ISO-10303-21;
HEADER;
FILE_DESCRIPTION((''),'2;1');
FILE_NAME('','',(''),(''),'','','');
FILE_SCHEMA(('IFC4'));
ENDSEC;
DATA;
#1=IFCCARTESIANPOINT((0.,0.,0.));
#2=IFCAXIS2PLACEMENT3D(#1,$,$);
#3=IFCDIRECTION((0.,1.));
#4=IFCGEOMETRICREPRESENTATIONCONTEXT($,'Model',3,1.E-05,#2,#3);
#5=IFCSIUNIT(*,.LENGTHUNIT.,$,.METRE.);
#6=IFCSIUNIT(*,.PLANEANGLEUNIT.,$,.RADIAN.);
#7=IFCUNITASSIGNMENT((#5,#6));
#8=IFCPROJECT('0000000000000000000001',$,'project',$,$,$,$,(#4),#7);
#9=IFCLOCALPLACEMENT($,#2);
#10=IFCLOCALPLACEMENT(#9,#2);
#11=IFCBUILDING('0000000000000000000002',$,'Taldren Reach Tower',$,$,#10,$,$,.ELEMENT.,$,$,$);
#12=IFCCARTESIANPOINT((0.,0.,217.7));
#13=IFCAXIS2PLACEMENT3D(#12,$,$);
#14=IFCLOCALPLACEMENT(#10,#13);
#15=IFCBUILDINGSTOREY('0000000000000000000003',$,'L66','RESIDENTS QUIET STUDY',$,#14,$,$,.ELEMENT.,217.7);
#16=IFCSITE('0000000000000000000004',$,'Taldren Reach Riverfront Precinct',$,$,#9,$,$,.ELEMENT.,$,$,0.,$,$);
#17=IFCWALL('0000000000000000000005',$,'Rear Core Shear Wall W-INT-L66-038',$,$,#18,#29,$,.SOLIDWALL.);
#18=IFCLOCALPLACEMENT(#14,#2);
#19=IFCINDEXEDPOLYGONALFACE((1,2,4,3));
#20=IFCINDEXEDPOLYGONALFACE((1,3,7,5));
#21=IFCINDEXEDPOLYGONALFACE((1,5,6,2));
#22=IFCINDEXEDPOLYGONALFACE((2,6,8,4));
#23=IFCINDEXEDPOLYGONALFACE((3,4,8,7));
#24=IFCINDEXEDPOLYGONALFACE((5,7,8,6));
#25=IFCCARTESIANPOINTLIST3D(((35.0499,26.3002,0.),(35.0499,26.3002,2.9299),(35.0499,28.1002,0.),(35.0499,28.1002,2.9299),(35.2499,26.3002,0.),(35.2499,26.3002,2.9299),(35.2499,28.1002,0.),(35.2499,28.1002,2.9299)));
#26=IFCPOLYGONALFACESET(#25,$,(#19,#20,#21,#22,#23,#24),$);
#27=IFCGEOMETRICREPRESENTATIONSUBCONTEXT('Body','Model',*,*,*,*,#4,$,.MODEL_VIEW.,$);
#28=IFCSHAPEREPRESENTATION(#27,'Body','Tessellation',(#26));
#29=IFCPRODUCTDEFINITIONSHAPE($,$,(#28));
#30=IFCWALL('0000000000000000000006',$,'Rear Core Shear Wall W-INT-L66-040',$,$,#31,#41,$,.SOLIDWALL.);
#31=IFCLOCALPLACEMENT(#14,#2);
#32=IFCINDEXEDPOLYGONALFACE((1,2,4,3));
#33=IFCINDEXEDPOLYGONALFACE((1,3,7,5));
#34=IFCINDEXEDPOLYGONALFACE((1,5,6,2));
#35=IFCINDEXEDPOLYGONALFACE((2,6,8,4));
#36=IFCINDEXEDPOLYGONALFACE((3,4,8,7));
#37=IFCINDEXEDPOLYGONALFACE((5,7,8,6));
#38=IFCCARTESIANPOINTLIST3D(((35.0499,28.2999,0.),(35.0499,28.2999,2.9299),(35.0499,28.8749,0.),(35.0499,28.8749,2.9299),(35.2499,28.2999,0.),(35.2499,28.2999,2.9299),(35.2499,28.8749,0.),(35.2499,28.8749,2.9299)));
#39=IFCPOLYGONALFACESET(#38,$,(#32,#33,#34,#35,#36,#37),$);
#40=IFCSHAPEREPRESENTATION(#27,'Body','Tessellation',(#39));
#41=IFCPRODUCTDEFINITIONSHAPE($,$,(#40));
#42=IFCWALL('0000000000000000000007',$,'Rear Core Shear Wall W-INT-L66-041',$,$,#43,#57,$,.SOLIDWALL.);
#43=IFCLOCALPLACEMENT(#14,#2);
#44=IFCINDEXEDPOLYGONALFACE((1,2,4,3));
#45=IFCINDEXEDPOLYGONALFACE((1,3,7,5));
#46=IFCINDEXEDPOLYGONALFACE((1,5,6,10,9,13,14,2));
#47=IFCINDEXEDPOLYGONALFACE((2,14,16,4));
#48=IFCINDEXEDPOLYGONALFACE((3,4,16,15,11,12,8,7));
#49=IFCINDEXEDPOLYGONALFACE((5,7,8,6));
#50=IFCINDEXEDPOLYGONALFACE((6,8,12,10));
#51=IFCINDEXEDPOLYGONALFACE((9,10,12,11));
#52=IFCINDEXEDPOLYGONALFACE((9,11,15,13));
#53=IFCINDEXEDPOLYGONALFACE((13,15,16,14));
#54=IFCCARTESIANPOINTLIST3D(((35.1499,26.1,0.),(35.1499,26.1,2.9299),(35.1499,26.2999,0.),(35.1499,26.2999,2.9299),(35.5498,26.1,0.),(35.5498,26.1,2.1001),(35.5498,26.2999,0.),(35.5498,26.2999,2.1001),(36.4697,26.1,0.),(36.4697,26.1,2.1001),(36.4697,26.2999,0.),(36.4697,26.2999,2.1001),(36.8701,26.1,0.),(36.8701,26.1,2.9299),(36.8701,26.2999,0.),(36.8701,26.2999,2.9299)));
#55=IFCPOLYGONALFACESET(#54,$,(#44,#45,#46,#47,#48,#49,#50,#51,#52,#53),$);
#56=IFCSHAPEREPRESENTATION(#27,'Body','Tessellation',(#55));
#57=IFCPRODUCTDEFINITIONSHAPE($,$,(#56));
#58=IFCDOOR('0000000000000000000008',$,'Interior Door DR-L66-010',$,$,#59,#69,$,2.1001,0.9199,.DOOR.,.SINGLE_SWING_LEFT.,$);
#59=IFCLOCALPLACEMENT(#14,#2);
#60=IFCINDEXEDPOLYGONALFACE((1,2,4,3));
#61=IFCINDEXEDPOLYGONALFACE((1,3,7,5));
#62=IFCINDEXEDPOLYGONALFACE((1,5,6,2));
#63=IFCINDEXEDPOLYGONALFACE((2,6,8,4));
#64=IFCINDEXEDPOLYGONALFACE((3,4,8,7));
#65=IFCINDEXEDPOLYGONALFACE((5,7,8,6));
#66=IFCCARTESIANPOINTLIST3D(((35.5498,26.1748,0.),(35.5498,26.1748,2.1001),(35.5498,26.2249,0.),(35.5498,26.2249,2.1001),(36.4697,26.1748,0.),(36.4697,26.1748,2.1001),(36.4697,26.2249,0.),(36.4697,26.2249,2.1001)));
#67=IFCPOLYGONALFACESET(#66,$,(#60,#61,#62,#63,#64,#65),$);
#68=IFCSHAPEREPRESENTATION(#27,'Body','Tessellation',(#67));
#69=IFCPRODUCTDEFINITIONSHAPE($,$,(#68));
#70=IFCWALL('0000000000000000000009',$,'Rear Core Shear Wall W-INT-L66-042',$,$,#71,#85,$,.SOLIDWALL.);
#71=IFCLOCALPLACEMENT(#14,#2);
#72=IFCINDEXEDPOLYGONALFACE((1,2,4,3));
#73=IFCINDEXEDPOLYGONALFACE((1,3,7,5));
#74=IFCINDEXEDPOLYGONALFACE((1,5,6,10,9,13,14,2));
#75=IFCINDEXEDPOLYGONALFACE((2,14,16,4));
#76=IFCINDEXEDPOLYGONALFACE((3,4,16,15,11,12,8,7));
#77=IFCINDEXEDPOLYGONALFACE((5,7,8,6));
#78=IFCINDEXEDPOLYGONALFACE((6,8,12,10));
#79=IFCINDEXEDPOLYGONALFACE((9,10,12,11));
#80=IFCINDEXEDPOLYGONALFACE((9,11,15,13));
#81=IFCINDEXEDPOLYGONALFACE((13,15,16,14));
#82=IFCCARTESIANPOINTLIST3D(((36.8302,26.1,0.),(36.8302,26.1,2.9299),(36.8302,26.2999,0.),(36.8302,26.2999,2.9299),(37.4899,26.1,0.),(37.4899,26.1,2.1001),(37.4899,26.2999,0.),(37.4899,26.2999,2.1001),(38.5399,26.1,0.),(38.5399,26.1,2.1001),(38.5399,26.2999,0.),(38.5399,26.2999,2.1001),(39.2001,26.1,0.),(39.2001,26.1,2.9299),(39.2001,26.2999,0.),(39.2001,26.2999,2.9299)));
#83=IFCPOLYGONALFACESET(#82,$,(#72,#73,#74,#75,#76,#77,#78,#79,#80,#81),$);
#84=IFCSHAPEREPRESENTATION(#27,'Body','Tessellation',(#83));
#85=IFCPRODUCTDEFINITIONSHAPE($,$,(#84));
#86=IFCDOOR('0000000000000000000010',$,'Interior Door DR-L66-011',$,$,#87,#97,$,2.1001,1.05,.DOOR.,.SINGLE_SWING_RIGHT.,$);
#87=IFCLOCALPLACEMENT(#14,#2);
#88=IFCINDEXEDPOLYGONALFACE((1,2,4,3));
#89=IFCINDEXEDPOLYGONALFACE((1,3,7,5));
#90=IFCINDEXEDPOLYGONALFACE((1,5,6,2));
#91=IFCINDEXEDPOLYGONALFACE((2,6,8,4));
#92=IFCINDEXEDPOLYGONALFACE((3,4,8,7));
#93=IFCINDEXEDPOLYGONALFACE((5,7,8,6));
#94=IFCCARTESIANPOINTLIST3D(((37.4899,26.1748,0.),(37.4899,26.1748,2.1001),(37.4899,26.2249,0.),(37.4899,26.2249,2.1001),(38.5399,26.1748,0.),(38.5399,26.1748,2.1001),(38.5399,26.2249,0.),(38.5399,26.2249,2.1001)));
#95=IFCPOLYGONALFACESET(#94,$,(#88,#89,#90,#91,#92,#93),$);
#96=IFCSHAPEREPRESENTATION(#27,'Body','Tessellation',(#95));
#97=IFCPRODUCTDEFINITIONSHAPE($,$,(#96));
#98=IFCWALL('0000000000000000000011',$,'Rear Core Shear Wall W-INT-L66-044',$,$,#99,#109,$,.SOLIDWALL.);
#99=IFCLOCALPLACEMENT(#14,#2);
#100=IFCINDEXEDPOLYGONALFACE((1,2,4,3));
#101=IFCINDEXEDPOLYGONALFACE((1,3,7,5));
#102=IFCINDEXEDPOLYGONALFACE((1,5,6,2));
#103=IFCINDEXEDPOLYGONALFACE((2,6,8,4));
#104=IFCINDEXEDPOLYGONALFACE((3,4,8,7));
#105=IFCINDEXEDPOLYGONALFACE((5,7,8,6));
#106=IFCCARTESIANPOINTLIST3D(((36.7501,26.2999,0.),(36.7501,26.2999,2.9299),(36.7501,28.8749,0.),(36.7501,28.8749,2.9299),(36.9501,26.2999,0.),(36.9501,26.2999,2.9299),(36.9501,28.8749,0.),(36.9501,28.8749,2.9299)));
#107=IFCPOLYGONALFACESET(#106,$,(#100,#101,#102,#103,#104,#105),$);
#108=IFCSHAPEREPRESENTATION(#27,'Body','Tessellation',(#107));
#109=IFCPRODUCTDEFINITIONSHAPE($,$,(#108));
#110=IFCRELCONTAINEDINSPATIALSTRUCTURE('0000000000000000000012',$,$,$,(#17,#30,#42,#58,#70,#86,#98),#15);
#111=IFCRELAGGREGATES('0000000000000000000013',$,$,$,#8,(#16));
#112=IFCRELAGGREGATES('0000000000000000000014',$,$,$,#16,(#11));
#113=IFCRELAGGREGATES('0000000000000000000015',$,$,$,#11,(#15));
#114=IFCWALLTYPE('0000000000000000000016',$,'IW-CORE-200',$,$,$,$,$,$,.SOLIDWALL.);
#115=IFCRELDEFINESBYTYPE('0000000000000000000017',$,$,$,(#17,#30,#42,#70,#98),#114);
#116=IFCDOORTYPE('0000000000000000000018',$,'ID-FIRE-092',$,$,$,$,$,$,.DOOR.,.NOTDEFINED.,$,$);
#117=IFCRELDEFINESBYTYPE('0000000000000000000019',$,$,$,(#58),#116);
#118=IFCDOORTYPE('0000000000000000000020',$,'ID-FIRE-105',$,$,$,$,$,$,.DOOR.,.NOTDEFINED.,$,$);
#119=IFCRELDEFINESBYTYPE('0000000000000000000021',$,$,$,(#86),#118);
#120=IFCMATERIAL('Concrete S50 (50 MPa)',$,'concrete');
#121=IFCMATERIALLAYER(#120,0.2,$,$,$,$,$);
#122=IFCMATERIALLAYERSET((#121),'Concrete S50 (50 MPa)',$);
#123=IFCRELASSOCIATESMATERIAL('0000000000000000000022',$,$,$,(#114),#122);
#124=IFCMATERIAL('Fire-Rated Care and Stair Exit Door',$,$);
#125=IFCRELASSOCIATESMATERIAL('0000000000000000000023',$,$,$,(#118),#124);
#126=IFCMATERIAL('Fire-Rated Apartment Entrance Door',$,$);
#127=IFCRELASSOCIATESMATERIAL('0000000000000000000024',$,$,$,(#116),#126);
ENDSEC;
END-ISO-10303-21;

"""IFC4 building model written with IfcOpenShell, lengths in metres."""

from ifc_helpers import new_model, si_unit, direction, frame, frame_2d, origin, place, context, subcontext, project, spatial, rectangle, extrude, source, transform, mapped, material, layer, layer_set, type_object, element, fill, save


model = new_model("IFC4")

# Units and contexts
model_context = context("Model", 3, precision=1e-05, world=origin(), true_north=direction((0.0, 1.0)))
body_context = subcontext(model_context, "Body", "Model", "MODEL_VIEW")
ifc_project = project(units=[si_unit("LENGTHUNIT", "METRE"), si_unit("PLANEANGLEUNIT", "RADIAN")], contexts=[model_context])

# Site, building, storey
site_placement = place(None, origin())
site = spatial("IfcSite", under=ifc_project, at=site_placement, Name="Taldren Reach Riverfront Precinct", CompositionType="ELEMENT", RefElevation=0.0)
building_placement = place(site_placement, origin())
building = spatial("IfcBuilding", under=site, at=building_placement, Name="Taldren Reach Tower", CompositionType="ELEMENT")
storey_placement = place(building_placement, frame((0.0, 0.0, 217.7)))
storey = spatial("IfcBuildingStorey", under=building, at=storey_placement, Name="L66", Description="RESIDENTS QUIET STUDY", CompositionType="ELEMENT", Elevation=217.7)

# Shared definitions
ifc_material_1 = material(Name="Concrete S50 (50 MPa)", Category="concrete")
ifc_layer_1 = layer(ifc_material_1, 0.2)
ifc_layer_set_1 = layer_set([ifc_layer_1], Name="Concrete S50 (50 MPa)")
wall_type_1 = type_object("IfcWallType", Name="IW-CORE-200", PredefinedType="SOLIDWALL", material=ifc_layer_set_1)

# Shared definitions
shared_shape_1 = source(origin(), body_context, "Body", "SweptSolid", [
    extrude(rectangle(XDim=1.05, YDim=2.1001, at=frame_2d((0.5249, 1.05))), frame((0.0, 0.1099, 0.0), z_axis=(0.0, -1.0, 0.0), x_axis=(1.0, 0.0, 0.0)), (0.0, 0.0, 1.0), 0.22),
])
ifc_material_2 = material(Name="Fire-Rated Care and Stair Exit Door")
door_type_1 = type_object("IfcDoorType", Name="ID-FIRE-105", OperationType="NOTDEFINED", PredefinedType="DOOR", material=ifc_material_2)
shared_shape_2 = source(origin(), body_context, "Body", "SweptSolid", [
    extrude(rectangle(XDim=1.05, YDim=2.1001, at=frame_2d((0.5249, 1.05))), frame((0.0, 0.0249, 0.0), z_axis=(0.0, -1.0, 0.0), x_axis=(1.0, 0.0, 0.0)), (0.0, 0.0, 1.0), 0.05),
])

# Walls
shared_shape_3 = source(origin(), body_context, "Body", "SweptSolid", [
    extrude(rectangle(XDim=1.8, YDim=0.2, at=frame_2d((0.8999, 0.0))), origin(), (0.0, 0.0, 1.0), 2.9299),
])
wall_1_placement = place(storey_placement, frame((35.1499, 28.1001, 0.0), z_axis=(0.0, 0.0, 1.0), x_axis=(0.0, -1.0, 0.0)))
element("IfcWall", 1, at=wall_1_placement, inside=storey, type_object=wall_type_1, Name="Rear Core Shear Wall W-INT-L66-038", PredefinedType="SOLIDWALL", context=body_context, shape_type="MappedRepresentation", body=[
    mapped(shared_shape_3, transform((0.0, 0.0, 0.0), scale=1.0)),
])
shared_shape_4 = source(origin(), body_context, "Body", "SweptSolid", [
    extrude(rectangle(XDim=0.575, YDim=0.2, at=frame_2d((0.2876, 0.0))), origin(), (0.0, 0.0, 1.0), 2.9299),
])
wall_2_placement = place(storey_placement, frame((35.1499, 28.875, 0.0), z_axis=(0.0, 0.0, 1.0), x_axis=(0.0, -1.0, 0.0)))
element("IfcWall", 2, at=wall_2_placement, inside=storey, type_object=wall_type_1, Name="Rear Core Shear Wall W-INT-L66-040", PredefinedType="SOLIDWALL", context=body_context, shape_type="MappedRepresentation", body=[
    mapped(shared_shape_4, transform((0.0, 0.0, 0.0), scale=1.0)),
])

# Walls, openings, doors
shared_shape_5 = source(origin(), body_context, "Body", "SweptSolid", [
    extrude(rectangle(XDim=1.7202, YDim=0.2, at=frame_2d((0.8601, 0.0))), origin(), (0.0, 0.0, 1.0), 2.9299),
])
wall_3_placement = place(storey_placement, frame((35.1499, 26.2, 0.0), z_axis=(0.0, 0.0, 1.0), x_axis=(1.0, 0.0, 0.0)))
wall_3 = element("IfcWall", 3, at=wall_3_placement, inside=storey, type_object=wall_type_1, Name="Rear Core Shear Wall W-INT-L66-041", PredefinedType="SOLIDWALL", context=body_context, shape_type="MappedRepresentation", body=[
    mapped(shared_shape_5, transform((0.0, 0.0, 0.0), scale=1.0)),
])
shared_shape_6 = source(origin(), body_context, "Body", "SweptSolid", [
    extrude(rectangle(XDim=0.9199, YDim=2.1001, at=frame_2d((0.46, 1.05))), frame((0.0, 0.1099, 0.0), z_axis=(0.0, -1.0, 0.0), x_axis=(1.0, 0.0, 0.0)), (0.0, 0.0, 1.0), 0.22),
])
opening_1_placement = place(wall_3_placement, frame((0.3999, 0.0, 0.0)))
opening_1 = element("IfcOpeningElement", 4, at=opening_1_placement, cuts=wall_3, PredefinedType="OPENING", context=body_context, shape_type="MappedRepresentation", body=[
    mapped(shared_shape_6, transform((0.0, 0.0, 0.0), scale=1.0)),
])
ifc_material_3 = material(Name="Fire-Rated Apartment Entrance Door")
door_type_2 = type_object("IfcDoorType", Name="ID-FIRE-092", OperationType="NOTDEFINED", PredefinedType="DOOR", material=ifc_material_3)
shared_shape_7 = source(origin(), body_context, "Body", "SweptSolid", [
    extrude(rectangle(XDim=0.9199, YDim=2.1001, at=frame_2d((0.46, 1.05))), frame((0.0, 0.0249, 0.0), z_axis=(0.0, -1.0, 0.0), x_axis=(1.0, 0.0, 0.0)), (0.0, 0.0, 1.0), 0.05),
])
door_1_placement = place(opening_1_placement, origin())
door_1 = element("IfcDoor", 5, at=door_1_placement, inside=storey, type_object=door_type_2, Name="Interior Door DR-L66-010", OperationType="SINGLE_SWING_LEFT", OverallHeight=2.1001, OverallWidth=0.9199, PredefinedType="DOOR", context=body_context, shape_type="MappedRepresentation", body=[
    mapped(shared_shape_7, transform((0.0, 0.0, 0.0), scale=1.0)),
])
fill(opening_1, door_1)
shared_shape_8 = source(origin(), body_context, "Body", "SweptSolid", [
    extrude(rectangle(XDim=2.3699, YDim=0.2, at=frame_2d((1.1851, 0.0))), origin(), (0.0, 0.0, 1.0), 2.9299),
])
wall_4_placement = place(storey_placement, frame((36.8301, 26.2, 0.0), z_axis=(0.0, 0.0, 1.0), x_axis=(1.0, 0.0, 0.0)))
wall_4 = element("IfcWall", 6, at=wall_4_placement, inside=storey, type_object=wall_type_1, Name="Rear Core Shear Wall W-INT-L66-042", PredefinedType="SOLIDWALL", context=body_context, shape_type="MappedRepresentation", body=[
    mapped(shared_shape_8, transform((0.0, 0.0, 0.0), scale=1.0)),
])
opening_2_placement = place(wall_4_placement, frame((0.6599, 0.0, 0.0)))
opening_2 = element("IfcOpeningElement", 7, at=opening_2_placement, cuts=wall_4, PredefinedType="OPENING", context=body_context, shape_type="MappedRepresentation", body=[
    mapped(shared_shape_1, transform((0.0, 0.0, 0.0), scale=1.0)),
])
door_2_placement = place(opening_2_placement, origin())
door_2 = element("IfcDoor", 8, at=door_2_placement, inside=storey, type_object=door_type_1, Name="Interior Door DR-L66-011", OperationType="SINGLE_SWING_RIGHT", OverallHeight=2.1001, OverallWidth=1.05, PredefinedType="DOOR", context=body_context, shape_type="MappedRepresentation", body=[
    mapped(shared_shape_2, transform((0.0, 0.0, 0.0), scale=1.0)),
])
fill(opening_2, door_2)

# Wall
shared_shape_9 = source(origin(), body_context, "Body", "SweptSolid", [
    extrude(rectangle(XDim=2.575, YDim=0.2, at=frame_2d((1.2876, 0.0))), origin(), (0.0, 0.0, 1.0), 2.9299),
])
wall_5_placement = place(storey_placement, frame((36.8501, 28.875, 0.0), z_axis=(0.0, 0.0, 1.0), x_axis=(0.0, -1.0, 0.0)))
element("IfcWall", 9, at=wall_5_placement, inside=storey, type_object=wall_type_1, Name="Rear Core Shear Wall W-INT-L66-044", PredefinedType="SOLIDWALL", context=body_context, shape_type="MappedRepresentation", body=[
    mapped(shared_shape_9, transform((0.0, 0.0, 0.0), scale=1.0)),
])

save(model, "model.ifc")
